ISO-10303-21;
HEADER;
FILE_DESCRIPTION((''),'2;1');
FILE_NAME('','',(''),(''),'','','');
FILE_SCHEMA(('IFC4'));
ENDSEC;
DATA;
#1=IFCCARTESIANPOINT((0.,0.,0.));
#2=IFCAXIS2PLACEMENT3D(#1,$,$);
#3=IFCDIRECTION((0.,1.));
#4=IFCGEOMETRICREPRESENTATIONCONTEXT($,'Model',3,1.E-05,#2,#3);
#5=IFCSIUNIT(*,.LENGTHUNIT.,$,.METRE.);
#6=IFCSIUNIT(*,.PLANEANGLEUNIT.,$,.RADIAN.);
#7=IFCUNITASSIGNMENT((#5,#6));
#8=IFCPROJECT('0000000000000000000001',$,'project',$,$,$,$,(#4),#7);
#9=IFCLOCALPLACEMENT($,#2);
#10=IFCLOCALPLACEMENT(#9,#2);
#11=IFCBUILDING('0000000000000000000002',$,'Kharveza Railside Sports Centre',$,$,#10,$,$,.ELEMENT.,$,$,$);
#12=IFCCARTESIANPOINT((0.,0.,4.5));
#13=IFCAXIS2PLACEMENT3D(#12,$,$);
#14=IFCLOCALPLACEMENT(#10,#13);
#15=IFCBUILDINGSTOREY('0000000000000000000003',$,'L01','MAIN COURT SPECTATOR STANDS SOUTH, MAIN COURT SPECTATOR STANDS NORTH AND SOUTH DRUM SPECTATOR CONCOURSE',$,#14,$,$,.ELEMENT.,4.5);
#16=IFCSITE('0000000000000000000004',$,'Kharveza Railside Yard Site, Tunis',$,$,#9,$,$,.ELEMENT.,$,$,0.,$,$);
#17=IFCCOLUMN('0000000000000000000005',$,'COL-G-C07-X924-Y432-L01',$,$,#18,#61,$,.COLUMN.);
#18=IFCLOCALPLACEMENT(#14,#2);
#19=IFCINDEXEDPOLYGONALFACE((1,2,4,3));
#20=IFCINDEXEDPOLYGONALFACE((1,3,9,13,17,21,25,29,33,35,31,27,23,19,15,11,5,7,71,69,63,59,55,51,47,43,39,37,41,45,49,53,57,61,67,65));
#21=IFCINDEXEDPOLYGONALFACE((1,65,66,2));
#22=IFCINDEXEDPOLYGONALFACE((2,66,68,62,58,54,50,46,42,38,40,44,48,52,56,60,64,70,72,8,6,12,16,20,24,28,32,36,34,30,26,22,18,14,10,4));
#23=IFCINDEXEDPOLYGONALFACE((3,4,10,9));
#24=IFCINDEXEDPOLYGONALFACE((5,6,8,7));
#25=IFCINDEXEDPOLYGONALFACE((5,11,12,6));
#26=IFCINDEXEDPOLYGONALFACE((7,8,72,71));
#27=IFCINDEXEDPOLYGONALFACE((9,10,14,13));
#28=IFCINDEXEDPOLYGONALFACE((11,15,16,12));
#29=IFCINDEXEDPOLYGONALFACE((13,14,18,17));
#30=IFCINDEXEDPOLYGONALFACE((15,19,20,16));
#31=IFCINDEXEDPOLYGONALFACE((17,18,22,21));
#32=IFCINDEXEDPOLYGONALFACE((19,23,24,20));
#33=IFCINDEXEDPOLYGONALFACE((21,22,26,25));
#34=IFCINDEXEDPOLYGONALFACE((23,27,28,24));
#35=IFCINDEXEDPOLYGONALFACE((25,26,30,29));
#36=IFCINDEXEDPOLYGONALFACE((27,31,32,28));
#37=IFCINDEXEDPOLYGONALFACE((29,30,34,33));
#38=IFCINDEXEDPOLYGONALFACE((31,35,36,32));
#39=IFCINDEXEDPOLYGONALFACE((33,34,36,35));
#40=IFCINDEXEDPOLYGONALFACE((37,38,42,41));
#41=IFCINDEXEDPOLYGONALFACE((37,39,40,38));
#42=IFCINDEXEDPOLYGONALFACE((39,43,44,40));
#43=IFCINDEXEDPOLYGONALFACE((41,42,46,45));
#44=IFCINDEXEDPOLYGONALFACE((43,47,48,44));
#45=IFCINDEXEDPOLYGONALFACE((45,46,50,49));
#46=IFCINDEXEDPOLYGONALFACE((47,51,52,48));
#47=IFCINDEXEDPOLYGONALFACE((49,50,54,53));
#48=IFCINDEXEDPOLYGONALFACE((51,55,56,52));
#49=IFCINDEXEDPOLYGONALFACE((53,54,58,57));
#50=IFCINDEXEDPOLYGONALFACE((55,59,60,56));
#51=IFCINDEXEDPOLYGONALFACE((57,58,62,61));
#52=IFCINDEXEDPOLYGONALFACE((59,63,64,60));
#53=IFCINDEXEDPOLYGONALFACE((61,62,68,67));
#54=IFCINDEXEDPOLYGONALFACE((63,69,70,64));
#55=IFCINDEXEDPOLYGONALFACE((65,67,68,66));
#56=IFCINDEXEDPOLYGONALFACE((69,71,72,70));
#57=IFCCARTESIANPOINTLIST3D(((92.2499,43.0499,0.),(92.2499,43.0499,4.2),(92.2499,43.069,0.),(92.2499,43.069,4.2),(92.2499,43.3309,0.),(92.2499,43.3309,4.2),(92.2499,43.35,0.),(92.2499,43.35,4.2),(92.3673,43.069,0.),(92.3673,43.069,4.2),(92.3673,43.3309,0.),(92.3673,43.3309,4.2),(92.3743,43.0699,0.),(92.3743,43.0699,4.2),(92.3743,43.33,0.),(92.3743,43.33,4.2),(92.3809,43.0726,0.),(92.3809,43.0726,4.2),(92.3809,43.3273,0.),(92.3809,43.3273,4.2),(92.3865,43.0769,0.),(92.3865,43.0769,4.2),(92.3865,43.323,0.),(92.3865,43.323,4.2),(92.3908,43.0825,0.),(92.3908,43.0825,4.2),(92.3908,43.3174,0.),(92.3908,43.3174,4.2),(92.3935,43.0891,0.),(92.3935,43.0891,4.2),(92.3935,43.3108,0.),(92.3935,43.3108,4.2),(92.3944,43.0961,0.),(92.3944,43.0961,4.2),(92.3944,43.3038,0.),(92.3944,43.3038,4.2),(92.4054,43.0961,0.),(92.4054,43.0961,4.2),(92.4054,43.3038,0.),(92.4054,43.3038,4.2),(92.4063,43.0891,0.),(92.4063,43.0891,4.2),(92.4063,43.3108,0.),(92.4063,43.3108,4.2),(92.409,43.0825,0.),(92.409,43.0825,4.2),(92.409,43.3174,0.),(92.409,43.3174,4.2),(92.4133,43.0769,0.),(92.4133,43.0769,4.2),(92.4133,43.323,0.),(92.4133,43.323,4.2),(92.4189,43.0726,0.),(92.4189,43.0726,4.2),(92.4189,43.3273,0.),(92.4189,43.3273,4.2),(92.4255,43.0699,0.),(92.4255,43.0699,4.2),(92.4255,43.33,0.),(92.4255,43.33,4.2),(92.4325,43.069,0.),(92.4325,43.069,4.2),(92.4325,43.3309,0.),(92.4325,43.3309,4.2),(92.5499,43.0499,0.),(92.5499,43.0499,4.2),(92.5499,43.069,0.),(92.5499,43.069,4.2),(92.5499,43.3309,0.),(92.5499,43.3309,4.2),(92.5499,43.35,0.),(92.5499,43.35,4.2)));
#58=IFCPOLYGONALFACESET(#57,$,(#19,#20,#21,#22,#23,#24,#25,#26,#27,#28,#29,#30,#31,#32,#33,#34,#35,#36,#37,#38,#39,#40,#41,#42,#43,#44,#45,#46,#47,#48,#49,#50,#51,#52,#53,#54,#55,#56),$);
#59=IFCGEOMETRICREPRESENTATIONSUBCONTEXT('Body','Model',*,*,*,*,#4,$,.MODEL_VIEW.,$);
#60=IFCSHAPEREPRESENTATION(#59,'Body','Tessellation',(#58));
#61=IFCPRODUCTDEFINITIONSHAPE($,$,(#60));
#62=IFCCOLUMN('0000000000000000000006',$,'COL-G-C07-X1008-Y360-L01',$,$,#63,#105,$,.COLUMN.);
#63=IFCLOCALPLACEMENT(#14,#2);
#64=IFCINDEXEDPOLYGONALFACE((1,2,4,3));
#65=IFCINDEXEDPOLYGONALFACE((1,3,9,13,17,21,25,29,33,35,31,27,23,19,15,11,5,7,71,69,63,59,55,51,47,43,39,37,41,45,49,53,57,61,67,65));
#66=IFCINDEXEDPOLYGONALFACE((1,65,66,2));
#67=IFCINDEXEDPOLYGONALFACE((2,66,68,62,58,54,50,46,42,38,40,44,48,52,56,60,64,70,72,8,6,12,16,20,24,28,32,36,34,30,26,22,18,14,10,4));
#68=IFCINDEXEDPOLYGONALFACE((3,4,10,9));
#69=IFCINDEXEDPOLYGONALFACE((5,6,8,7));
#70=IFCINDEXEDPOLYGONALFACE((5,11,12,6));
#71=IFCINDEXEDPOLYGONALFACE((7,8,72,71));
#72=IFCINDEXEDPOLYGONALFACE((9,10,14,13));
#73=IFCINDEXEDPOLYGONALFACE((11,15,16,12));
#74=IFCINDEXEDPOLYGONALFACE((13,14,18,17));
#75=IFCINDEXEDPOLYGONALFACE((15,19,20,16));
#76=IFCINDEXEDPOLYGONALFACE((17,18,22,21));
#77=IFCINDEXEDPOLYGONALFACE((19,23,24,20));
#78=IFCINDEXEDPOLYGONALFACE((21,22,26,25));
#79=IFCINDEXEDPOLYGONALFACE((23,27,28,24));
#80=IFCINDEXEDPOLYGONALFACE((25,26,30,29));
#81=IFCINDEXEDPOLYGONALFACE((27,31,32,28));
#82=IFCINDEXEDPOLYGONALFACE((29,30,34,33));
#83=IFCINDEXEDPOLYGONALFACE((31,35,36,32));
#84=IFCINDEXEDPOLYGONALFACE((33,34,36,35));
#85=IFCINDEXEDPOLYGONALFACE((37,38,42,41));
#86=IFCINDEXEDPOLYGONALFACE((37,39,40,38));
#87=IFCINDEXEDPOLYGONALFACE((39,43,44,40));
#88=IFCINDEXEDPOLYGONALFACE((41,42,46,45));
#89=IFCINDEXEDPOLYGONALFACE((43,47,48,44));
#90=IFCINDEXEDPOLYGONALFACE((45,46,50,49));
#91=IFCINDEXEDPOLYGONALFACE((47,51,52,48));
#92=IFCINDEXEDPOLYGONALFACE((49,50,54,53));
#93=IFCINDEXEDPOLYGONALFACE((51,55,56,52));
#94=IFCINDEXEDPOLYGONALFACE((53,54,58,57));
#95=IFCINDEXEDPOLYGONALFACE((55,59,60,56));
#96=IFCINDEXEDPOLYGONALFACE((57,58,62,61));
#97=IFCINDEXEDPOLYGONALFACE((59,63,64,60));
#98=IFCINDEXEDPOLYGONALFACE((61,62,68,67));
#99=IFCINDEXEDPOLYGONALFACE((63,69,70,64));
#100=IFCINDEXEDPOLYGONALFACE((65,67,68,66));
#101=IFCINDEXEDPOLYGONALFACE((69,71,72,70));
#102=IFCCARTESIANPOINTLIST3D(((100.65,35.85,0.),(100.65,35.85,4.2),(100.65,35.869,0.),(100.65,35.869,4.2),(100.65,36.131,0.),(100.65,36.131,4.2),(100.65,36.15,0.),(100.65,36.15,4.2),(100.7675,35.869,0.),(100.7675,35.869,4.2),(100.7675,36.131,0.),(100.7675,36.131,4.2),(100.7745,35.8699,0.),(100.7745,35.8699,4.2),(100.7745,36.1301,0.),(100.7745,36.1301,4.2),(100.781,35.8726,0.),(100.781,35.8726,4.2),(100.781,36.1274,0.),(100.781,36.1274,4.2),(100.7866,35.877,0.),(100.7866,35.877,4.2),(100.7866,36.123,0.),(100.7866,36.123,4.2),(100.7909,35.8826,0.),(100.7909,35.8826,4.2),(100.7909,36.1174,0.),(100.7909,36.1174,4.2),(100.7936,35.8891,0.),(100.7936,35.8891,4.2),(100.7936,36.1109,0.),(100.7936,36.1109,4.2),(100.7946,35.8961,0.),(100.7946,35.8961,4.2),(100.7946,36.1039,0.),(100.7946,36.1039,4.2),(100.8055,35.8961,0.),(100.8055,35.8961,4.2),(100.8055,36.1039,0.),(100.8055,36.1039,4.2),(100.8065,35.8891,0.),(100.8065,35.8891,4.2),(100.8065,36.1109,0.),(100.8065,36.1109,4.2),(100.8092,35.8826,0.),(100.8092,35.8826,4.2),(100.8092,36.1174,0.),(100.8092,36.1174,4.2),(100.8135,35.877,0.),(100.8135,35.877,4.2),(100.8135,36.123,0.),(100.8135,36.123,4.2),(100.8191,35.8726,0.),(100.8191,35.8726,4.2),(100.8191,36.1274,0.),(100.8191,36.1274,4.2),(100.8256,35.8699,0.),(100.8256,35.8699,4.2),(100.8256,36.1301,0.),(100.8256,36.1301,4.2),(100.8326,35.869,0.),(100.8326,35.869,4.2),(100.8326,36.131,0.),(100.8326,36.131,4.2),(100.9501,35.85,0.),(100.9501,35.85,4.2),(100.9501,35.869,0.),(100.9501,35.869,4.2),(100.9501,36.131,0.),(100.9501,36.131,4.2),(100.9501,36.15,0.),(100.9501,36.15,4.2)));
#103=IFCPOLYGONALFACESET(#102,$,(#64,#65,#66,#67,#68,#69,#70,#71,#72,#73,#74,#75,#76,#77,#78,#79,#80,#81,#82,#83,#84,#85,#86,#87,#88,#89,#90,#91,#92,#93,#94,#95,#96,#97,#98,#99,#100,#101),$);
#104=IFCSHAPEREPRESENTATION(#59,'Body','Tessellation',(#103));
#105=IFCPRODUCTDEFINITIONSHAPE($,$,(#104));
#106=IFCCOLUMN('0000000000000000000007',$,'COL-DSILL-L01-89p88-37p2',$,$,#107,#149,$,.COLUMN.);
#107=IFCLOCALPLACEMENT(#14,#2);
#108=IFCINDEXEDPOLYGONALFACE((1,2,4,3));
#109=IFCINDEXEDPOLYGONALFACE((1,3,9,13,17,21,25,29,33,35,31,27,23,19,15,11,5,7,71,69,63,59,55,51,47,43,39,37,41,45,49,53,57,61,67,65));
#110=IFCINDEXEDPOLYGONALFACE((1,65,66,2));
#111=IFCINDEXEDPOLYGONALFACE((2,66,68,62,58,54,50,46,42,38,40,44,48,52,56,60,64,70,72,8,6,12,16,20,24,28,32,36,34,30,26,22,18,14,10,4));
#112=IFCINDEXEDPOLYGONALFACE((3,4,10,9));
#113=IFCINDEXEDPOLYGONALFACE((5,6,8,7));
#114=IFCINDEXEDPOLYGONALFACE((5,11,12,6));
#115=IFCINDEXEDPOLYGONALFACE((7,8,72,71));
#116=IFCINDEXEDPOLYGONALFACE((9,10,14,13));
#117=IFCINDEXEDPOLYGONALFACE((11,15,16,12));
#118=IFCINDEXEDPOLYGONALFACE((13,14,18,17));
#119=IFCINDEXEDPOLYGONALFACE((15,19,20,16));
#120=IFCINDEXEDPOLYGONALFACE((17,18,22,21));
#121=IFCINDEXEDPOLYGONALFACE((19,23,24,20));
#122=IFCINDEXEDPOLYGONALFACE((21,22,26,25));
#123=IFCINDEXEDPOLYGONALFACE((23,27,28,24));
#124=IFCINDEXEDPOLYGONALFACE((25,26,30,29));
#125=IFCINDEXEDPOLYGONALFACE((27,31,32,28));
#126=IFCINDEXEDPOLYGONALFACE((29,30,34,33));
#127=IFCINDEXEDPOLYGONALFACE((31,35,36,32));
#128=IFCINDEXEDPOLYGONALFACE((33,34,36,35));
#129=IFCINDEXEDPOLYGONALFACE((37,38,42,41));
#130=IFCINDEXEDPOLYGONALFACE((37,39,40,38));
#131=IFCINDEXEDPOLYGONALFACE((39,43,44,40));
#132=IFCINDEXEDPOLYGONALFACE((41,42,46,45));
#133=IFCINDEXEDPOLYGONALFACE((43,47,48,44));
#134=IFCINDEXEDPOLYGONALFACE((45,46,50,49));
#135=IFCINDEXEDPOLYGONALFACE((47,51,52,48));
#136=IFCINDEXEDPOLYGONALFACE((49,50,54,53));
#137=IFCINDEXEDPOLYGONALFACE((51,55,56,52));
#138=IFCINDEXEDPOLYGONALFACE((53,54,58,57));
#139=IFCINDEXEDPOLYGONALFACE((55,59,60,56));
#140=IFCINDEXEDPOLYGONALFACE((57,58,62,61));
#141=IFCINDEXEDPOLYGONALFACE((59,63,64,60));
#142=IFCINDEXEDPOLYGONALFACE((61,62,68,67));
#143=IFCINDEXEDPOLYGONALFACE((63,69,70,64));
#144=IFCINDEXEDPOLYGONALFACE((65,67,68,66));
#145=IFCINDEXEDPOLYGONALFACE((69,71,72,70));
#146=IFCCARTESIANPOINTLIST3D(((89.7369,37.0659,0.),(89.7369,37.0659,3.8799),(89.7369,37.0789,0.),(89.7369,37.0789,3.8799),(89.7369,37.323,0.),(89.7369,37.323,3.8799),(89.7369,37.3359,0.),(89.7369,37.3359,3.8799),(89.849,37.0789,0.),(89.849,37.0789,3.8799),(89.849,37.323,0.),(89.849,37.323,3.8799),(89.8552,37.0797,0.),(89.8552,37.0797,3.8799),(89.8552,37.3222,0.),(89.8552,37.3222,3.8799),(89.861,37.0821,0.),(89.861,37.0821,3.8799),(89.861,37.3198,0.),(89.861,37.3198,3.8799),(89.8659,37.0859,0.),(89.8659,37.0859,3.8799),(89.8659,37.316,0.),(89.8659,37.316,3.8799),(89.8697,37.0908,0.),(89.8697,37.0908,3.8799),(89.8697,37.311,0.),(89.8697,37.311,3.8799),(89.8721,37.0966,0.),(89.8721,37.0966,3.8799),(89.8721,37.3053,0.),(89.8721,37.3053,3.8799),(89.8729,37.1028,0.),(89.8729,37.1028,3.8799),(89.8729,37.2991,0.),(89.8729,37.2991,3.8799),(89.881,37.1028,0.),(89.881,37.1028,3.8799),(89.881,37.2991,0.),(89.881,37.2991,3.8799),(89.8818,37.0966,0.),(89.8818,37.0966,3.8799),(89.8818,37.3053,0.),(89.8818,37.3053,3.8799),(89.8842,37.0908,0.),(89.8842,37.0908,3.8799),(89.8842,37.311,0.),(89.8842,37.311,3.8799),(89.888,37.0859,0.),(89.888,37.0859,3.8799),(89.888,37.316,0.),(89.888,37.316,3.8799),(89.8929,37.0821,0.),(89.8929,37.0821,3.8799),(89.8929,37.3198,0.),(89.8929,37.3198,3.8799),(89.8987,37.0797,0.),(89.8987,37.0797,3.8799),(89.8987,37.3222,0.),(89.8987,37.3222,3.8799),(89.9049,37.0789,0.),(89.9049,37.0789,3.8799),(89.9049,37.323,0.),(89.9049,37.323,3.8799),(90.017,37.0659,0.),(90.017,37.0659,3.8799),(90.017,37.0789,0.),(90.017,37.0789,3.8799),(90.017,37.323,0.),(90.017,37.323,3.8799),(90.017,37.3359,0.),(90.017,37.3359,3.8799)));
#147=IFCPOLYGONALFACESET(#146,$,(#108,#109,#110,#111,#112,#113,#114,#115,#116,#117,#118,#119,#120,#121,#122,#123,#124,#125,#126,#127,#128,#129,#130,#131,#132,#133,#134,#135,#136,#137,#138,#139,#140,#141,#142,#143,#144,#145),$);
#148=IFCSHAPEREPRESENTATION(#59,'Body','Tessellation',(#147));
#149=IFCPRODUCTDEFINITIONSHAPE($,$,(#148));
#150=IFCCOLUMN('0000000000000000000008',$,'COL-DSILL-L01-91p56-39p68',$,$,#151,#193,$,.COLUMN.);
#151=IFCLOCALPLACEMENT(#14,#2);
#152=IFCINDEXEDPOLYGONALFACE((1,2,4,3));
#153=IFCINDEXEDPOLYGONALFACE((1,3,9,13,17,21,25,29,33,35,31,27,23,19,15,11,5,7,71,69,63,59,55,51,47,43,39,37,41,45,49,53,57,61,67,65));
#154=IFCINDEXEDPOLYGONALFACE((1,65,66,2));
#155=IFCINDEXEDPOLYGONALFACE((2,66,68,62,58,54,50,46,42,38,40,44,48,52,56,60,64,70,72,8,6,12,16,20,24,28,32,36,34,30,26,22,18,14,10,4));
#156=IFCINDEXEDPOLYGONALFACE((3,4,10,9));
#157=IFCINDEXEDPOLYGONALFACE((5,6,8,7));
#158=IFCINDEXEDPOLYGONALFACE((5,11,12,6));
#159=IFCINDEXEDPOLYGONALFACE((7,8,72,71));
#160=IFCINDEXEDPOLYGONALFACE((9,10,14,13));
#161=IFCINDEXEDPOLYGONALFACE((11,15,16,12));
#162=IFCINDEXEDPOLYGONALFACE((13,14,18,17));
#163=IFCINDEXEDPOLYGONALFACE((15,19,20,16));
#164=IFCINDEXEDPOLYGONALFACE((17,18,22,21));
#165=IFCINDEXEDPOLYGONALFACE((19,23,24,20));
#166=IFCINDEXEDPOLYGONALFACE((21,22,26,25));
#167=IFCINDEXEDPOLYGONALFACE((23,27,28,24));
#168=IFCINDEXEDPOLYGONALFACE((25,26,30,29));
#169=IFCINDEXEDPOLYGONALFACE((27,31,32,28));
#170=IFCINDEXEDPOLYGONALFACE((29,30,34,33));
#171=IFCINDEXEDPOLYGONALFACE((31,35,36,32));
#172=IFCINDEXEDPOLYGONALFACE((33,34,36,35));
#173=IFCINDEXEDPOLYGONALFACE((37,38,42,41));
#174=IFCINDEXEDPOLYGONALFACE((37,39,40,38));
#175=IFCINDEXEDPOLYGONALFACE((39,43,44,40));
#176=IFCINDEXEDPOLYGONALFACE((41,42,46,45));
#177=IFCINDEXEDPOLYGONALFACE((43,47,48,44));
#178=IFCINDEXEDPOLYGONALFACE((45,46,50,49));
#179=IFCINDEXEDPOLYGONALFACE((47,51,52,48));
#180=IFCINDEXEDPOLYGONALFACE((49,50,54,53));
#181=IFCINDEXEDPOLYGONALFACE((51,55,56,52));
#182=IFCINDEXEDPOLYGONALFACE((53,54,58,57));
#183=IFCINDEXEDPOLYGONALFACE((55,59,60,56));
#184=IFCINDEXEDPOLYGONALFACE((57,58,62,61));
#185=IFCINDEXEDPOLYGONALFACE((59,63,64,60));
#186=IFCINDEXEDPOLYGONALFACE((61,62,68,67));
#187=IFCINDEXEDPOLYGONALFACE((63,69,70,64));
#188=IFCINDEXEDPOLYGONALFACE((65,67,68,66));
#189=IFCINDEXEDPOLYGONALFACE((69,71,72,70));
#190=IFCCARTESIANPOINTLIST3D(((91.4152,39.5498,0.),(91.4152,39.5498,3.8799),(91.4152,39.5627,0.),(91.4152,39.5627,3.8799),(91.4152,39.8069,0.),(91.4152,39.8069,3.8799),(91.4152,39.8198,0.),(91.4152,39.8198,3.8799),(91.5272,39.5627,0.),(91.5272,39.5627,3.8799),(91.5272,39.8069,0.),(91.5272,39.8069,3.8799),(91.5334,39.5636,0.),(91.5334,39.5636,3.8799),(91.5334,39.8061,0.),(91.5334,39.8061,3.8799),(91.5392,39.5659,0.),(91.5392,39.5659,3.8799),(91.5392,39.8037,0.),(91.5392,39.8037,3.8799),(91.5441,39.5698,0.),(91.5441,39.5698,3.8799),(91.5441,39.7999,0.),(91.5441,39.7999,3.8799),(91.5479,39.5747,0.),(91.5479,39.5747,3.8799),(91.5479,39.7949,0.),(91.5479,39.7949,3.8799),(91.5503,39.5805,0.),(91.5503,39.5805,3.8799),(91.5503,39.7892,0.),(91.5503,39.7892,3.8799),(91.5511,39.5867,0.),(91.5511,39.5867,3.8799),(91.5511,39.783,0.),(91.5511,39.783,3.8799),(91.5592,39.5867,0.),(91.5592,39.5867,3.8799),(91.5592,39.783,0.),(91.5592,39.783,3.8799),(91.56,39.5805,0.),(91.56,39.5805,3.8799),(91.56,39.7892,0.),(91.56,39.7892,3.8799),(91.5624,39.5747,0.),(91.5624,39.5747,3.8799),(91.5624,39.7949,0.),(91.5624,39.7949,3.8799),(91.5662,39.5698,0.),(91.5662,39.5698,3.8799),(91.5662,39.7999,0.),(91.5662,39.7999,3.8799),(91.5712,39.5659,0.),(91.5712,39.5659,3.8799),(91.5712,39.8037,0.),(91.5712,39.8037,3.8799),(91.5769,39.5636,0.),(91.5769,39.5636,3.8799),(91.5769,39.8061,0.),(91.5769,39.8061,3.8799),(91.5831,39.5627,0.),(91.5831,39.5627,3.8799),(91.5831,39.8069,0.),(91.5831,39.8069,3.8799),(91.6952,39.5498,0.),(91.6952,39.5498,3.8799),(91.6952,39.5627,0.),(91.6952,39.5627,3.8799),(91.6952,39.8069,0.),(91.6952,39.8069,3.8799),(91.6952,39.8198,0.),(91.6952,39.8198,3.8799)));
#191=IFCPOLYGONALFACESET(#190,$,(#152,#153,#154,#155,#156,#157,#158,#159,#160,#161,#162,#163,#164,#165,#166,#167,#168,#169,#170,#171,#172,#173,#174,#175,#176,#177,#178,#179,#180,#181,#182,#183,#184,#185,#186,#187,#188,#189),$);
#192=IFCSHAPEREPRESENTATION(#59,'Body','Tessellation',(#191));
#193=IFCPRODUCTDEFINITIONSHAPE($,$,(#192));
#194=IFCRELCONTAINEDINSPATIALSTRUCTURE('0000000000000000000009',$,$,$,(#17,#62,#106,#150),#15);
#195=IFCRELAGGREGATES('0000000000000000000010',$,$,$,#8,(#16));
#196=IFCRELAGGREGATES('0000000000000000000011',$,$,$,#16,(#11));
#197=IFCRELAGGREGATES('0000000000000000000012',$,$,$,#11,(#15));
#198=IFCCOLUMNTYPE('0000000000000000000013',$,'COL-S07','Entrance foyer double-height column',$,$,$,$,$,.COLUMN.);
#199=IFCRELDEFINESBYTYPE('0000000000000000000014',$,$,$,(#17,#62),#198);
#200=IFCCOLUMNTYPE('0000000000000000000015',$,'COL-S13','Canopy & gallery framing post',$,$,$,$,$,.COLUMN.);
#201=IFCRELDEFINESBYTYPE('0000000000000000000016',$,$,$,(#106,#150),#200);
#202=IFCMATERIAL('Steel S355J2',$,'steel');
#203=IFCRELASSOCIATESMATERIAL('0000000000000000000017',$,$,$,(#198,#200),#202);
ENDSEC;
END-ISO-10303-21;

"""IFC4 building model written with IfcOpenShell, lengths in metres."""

from ifc_helpers import new_model, si_unit, direction, frame, origin, origin_2d, place, context, subcontext, project, spatial, i_section, extrude, material, material_profile, profile_set, type_object, element, save


model = new_model("IFC4")

# Units and contexts
model_context = context("Model", 3, precision=1e-05, world=origin(), true_north=direction((0.0, 1.0)))
body_context = subcontext(model_context, "Body", "Model", "MODEL_VIEW")
ifc_project = project(units=[si_unit("LENGTHUNIT", "METRE"), si_unit("PLANEANGLEUNIT", "RADIAN")], contexts=[model_context])

# Site, building, storey
site_placement = place(None, origin())
site = spatial("IfcSite", under=ifc_project, at=site_placement, Name="Kharveza Railside Yard Site, Tunis", CompositionType="ELEMENT", RefElevation=0.0)
building_placement = place(site_placement, origin())
building = spatial("IfcBuilding", under=site, at=building_placement, Name="Kharveza Railside Sports Centre", CompositionType="ELEMENT")
storey_placement = place(building_placement, frame((0.0, 0.0, 4.5)))
storey = spatial("IfcBuildingStorey", under=building, at=storey_placement, Name="L01", Description="MAIN COURT SPECTATOR STANDS SOUTH, MAIN COURT SPECTATOR STANDS NORTH AND SOUTH DRUM SPECTATOR CONCOURSE", CompositionType="ELEMENT", Elevation=4.5)

# Columns
ifc_material_1 = material(Name="Steel S355J2", Category="steel")
ifc_material_profile_1 = material_profile(ifc_material_1, i_section(OverallWidth=0.3, OverallDepth=0.3, WebThickness=0.011, FlangeThickness=0.019, FilletRadius=0.0271, at=origin_2d()), Name="HEB 300")
ifc_profile_set_1 = profile_set([ifc_material_profile_1], Name="Steel S355J2")
column_type_1 = type_object("IfcColumnType", Name="COL-S07", Description="Entrance foyer double-height column", PredefinedType="COLUMN", material=ifc_profile_set_1)
for number, where, z_axis, x_axis, name in (
    (1, (92.3999, 43.2, 0.0), (0.0, 0.0, 1.0), (1.0, 0.0, 0.0), "COL-G-C07-X924-Y432-L01"),
    (2, (100.8, 36.0, 0.0), (0.0, 0.0, 1.0), (1.0, 0.0, 0.0), "COL-G-C07-X1008-Y360-L01"),
):
    element("IfcColumn", number, at=place(storey_placement, frame(where, z_axis=z_axis, x_axis=x_axis)), inside=storey, type_object=column_type_1, Name=name, PredefinedType="COLUMN", context=body_context, shape_type="SweptSolid", body=[
        extrude(i_section(OverallWidth=0.3, OverallDepth=0.3, WebThickness=0.011, FlangeThickness=0.019, FilletRadius=0.0271, at=origin_2d()), origin(), (0.0, 0.0, 1.0), 4.2),
    ])
ifc_material_profile_2 = material_profile(ifc_material_1, i_section(OverallWidth=0.28, OverallDepth=0.27, WebThickness=0.0081, FlangeThickness=0.0129, FilletRadius=0.0239, at=origin_2d()), Name="HEA 280")
ifc_profile_set_2 = profile_set([ifc_material_profile_2], Name="Steel S355J2")
column_type_2 = type_object("IfcColumnType", Name="COL-S13", Description="Canopy & gallery framing post", PredefinedType="COLUMN", material=ifc_profile_set_2)
for number, where, z_axis, x_axis, name in (
    (3, (89.877, 37.2009, 0.0), (0.0, 0.0, 1.0), (1.0, 0.0, 0.0), "COL-DSILL-L01-89p88-37p2"),
    (4, (91.5552, 39.6848, 0.0), (0.0, 0.0, 1.0), (1.0, 0.0, 0.0), "COL-DSILL-L01-91p56-39p68"),
):
    element("IfcColumn", number, at=place(storey_placement, frame(where, z_axis=z_axis, x_axis=x_axis)), inside=storey, type_object=column_type_2, Name=name, PredefinedType="COLUMN", context=body_context, shape_type="SweptSolid", body=[
        extrude(i_section(OverallWidth=0.28, OverallDepth=0.27, WebThickness=0.0081, FlangeThickness=0.0129, FilletRadius=0.0239, at=origin_2d()), origin(), (0.0, 0.0, 1.0), 3.8799),
    ])

save(model, "model.ifc")
